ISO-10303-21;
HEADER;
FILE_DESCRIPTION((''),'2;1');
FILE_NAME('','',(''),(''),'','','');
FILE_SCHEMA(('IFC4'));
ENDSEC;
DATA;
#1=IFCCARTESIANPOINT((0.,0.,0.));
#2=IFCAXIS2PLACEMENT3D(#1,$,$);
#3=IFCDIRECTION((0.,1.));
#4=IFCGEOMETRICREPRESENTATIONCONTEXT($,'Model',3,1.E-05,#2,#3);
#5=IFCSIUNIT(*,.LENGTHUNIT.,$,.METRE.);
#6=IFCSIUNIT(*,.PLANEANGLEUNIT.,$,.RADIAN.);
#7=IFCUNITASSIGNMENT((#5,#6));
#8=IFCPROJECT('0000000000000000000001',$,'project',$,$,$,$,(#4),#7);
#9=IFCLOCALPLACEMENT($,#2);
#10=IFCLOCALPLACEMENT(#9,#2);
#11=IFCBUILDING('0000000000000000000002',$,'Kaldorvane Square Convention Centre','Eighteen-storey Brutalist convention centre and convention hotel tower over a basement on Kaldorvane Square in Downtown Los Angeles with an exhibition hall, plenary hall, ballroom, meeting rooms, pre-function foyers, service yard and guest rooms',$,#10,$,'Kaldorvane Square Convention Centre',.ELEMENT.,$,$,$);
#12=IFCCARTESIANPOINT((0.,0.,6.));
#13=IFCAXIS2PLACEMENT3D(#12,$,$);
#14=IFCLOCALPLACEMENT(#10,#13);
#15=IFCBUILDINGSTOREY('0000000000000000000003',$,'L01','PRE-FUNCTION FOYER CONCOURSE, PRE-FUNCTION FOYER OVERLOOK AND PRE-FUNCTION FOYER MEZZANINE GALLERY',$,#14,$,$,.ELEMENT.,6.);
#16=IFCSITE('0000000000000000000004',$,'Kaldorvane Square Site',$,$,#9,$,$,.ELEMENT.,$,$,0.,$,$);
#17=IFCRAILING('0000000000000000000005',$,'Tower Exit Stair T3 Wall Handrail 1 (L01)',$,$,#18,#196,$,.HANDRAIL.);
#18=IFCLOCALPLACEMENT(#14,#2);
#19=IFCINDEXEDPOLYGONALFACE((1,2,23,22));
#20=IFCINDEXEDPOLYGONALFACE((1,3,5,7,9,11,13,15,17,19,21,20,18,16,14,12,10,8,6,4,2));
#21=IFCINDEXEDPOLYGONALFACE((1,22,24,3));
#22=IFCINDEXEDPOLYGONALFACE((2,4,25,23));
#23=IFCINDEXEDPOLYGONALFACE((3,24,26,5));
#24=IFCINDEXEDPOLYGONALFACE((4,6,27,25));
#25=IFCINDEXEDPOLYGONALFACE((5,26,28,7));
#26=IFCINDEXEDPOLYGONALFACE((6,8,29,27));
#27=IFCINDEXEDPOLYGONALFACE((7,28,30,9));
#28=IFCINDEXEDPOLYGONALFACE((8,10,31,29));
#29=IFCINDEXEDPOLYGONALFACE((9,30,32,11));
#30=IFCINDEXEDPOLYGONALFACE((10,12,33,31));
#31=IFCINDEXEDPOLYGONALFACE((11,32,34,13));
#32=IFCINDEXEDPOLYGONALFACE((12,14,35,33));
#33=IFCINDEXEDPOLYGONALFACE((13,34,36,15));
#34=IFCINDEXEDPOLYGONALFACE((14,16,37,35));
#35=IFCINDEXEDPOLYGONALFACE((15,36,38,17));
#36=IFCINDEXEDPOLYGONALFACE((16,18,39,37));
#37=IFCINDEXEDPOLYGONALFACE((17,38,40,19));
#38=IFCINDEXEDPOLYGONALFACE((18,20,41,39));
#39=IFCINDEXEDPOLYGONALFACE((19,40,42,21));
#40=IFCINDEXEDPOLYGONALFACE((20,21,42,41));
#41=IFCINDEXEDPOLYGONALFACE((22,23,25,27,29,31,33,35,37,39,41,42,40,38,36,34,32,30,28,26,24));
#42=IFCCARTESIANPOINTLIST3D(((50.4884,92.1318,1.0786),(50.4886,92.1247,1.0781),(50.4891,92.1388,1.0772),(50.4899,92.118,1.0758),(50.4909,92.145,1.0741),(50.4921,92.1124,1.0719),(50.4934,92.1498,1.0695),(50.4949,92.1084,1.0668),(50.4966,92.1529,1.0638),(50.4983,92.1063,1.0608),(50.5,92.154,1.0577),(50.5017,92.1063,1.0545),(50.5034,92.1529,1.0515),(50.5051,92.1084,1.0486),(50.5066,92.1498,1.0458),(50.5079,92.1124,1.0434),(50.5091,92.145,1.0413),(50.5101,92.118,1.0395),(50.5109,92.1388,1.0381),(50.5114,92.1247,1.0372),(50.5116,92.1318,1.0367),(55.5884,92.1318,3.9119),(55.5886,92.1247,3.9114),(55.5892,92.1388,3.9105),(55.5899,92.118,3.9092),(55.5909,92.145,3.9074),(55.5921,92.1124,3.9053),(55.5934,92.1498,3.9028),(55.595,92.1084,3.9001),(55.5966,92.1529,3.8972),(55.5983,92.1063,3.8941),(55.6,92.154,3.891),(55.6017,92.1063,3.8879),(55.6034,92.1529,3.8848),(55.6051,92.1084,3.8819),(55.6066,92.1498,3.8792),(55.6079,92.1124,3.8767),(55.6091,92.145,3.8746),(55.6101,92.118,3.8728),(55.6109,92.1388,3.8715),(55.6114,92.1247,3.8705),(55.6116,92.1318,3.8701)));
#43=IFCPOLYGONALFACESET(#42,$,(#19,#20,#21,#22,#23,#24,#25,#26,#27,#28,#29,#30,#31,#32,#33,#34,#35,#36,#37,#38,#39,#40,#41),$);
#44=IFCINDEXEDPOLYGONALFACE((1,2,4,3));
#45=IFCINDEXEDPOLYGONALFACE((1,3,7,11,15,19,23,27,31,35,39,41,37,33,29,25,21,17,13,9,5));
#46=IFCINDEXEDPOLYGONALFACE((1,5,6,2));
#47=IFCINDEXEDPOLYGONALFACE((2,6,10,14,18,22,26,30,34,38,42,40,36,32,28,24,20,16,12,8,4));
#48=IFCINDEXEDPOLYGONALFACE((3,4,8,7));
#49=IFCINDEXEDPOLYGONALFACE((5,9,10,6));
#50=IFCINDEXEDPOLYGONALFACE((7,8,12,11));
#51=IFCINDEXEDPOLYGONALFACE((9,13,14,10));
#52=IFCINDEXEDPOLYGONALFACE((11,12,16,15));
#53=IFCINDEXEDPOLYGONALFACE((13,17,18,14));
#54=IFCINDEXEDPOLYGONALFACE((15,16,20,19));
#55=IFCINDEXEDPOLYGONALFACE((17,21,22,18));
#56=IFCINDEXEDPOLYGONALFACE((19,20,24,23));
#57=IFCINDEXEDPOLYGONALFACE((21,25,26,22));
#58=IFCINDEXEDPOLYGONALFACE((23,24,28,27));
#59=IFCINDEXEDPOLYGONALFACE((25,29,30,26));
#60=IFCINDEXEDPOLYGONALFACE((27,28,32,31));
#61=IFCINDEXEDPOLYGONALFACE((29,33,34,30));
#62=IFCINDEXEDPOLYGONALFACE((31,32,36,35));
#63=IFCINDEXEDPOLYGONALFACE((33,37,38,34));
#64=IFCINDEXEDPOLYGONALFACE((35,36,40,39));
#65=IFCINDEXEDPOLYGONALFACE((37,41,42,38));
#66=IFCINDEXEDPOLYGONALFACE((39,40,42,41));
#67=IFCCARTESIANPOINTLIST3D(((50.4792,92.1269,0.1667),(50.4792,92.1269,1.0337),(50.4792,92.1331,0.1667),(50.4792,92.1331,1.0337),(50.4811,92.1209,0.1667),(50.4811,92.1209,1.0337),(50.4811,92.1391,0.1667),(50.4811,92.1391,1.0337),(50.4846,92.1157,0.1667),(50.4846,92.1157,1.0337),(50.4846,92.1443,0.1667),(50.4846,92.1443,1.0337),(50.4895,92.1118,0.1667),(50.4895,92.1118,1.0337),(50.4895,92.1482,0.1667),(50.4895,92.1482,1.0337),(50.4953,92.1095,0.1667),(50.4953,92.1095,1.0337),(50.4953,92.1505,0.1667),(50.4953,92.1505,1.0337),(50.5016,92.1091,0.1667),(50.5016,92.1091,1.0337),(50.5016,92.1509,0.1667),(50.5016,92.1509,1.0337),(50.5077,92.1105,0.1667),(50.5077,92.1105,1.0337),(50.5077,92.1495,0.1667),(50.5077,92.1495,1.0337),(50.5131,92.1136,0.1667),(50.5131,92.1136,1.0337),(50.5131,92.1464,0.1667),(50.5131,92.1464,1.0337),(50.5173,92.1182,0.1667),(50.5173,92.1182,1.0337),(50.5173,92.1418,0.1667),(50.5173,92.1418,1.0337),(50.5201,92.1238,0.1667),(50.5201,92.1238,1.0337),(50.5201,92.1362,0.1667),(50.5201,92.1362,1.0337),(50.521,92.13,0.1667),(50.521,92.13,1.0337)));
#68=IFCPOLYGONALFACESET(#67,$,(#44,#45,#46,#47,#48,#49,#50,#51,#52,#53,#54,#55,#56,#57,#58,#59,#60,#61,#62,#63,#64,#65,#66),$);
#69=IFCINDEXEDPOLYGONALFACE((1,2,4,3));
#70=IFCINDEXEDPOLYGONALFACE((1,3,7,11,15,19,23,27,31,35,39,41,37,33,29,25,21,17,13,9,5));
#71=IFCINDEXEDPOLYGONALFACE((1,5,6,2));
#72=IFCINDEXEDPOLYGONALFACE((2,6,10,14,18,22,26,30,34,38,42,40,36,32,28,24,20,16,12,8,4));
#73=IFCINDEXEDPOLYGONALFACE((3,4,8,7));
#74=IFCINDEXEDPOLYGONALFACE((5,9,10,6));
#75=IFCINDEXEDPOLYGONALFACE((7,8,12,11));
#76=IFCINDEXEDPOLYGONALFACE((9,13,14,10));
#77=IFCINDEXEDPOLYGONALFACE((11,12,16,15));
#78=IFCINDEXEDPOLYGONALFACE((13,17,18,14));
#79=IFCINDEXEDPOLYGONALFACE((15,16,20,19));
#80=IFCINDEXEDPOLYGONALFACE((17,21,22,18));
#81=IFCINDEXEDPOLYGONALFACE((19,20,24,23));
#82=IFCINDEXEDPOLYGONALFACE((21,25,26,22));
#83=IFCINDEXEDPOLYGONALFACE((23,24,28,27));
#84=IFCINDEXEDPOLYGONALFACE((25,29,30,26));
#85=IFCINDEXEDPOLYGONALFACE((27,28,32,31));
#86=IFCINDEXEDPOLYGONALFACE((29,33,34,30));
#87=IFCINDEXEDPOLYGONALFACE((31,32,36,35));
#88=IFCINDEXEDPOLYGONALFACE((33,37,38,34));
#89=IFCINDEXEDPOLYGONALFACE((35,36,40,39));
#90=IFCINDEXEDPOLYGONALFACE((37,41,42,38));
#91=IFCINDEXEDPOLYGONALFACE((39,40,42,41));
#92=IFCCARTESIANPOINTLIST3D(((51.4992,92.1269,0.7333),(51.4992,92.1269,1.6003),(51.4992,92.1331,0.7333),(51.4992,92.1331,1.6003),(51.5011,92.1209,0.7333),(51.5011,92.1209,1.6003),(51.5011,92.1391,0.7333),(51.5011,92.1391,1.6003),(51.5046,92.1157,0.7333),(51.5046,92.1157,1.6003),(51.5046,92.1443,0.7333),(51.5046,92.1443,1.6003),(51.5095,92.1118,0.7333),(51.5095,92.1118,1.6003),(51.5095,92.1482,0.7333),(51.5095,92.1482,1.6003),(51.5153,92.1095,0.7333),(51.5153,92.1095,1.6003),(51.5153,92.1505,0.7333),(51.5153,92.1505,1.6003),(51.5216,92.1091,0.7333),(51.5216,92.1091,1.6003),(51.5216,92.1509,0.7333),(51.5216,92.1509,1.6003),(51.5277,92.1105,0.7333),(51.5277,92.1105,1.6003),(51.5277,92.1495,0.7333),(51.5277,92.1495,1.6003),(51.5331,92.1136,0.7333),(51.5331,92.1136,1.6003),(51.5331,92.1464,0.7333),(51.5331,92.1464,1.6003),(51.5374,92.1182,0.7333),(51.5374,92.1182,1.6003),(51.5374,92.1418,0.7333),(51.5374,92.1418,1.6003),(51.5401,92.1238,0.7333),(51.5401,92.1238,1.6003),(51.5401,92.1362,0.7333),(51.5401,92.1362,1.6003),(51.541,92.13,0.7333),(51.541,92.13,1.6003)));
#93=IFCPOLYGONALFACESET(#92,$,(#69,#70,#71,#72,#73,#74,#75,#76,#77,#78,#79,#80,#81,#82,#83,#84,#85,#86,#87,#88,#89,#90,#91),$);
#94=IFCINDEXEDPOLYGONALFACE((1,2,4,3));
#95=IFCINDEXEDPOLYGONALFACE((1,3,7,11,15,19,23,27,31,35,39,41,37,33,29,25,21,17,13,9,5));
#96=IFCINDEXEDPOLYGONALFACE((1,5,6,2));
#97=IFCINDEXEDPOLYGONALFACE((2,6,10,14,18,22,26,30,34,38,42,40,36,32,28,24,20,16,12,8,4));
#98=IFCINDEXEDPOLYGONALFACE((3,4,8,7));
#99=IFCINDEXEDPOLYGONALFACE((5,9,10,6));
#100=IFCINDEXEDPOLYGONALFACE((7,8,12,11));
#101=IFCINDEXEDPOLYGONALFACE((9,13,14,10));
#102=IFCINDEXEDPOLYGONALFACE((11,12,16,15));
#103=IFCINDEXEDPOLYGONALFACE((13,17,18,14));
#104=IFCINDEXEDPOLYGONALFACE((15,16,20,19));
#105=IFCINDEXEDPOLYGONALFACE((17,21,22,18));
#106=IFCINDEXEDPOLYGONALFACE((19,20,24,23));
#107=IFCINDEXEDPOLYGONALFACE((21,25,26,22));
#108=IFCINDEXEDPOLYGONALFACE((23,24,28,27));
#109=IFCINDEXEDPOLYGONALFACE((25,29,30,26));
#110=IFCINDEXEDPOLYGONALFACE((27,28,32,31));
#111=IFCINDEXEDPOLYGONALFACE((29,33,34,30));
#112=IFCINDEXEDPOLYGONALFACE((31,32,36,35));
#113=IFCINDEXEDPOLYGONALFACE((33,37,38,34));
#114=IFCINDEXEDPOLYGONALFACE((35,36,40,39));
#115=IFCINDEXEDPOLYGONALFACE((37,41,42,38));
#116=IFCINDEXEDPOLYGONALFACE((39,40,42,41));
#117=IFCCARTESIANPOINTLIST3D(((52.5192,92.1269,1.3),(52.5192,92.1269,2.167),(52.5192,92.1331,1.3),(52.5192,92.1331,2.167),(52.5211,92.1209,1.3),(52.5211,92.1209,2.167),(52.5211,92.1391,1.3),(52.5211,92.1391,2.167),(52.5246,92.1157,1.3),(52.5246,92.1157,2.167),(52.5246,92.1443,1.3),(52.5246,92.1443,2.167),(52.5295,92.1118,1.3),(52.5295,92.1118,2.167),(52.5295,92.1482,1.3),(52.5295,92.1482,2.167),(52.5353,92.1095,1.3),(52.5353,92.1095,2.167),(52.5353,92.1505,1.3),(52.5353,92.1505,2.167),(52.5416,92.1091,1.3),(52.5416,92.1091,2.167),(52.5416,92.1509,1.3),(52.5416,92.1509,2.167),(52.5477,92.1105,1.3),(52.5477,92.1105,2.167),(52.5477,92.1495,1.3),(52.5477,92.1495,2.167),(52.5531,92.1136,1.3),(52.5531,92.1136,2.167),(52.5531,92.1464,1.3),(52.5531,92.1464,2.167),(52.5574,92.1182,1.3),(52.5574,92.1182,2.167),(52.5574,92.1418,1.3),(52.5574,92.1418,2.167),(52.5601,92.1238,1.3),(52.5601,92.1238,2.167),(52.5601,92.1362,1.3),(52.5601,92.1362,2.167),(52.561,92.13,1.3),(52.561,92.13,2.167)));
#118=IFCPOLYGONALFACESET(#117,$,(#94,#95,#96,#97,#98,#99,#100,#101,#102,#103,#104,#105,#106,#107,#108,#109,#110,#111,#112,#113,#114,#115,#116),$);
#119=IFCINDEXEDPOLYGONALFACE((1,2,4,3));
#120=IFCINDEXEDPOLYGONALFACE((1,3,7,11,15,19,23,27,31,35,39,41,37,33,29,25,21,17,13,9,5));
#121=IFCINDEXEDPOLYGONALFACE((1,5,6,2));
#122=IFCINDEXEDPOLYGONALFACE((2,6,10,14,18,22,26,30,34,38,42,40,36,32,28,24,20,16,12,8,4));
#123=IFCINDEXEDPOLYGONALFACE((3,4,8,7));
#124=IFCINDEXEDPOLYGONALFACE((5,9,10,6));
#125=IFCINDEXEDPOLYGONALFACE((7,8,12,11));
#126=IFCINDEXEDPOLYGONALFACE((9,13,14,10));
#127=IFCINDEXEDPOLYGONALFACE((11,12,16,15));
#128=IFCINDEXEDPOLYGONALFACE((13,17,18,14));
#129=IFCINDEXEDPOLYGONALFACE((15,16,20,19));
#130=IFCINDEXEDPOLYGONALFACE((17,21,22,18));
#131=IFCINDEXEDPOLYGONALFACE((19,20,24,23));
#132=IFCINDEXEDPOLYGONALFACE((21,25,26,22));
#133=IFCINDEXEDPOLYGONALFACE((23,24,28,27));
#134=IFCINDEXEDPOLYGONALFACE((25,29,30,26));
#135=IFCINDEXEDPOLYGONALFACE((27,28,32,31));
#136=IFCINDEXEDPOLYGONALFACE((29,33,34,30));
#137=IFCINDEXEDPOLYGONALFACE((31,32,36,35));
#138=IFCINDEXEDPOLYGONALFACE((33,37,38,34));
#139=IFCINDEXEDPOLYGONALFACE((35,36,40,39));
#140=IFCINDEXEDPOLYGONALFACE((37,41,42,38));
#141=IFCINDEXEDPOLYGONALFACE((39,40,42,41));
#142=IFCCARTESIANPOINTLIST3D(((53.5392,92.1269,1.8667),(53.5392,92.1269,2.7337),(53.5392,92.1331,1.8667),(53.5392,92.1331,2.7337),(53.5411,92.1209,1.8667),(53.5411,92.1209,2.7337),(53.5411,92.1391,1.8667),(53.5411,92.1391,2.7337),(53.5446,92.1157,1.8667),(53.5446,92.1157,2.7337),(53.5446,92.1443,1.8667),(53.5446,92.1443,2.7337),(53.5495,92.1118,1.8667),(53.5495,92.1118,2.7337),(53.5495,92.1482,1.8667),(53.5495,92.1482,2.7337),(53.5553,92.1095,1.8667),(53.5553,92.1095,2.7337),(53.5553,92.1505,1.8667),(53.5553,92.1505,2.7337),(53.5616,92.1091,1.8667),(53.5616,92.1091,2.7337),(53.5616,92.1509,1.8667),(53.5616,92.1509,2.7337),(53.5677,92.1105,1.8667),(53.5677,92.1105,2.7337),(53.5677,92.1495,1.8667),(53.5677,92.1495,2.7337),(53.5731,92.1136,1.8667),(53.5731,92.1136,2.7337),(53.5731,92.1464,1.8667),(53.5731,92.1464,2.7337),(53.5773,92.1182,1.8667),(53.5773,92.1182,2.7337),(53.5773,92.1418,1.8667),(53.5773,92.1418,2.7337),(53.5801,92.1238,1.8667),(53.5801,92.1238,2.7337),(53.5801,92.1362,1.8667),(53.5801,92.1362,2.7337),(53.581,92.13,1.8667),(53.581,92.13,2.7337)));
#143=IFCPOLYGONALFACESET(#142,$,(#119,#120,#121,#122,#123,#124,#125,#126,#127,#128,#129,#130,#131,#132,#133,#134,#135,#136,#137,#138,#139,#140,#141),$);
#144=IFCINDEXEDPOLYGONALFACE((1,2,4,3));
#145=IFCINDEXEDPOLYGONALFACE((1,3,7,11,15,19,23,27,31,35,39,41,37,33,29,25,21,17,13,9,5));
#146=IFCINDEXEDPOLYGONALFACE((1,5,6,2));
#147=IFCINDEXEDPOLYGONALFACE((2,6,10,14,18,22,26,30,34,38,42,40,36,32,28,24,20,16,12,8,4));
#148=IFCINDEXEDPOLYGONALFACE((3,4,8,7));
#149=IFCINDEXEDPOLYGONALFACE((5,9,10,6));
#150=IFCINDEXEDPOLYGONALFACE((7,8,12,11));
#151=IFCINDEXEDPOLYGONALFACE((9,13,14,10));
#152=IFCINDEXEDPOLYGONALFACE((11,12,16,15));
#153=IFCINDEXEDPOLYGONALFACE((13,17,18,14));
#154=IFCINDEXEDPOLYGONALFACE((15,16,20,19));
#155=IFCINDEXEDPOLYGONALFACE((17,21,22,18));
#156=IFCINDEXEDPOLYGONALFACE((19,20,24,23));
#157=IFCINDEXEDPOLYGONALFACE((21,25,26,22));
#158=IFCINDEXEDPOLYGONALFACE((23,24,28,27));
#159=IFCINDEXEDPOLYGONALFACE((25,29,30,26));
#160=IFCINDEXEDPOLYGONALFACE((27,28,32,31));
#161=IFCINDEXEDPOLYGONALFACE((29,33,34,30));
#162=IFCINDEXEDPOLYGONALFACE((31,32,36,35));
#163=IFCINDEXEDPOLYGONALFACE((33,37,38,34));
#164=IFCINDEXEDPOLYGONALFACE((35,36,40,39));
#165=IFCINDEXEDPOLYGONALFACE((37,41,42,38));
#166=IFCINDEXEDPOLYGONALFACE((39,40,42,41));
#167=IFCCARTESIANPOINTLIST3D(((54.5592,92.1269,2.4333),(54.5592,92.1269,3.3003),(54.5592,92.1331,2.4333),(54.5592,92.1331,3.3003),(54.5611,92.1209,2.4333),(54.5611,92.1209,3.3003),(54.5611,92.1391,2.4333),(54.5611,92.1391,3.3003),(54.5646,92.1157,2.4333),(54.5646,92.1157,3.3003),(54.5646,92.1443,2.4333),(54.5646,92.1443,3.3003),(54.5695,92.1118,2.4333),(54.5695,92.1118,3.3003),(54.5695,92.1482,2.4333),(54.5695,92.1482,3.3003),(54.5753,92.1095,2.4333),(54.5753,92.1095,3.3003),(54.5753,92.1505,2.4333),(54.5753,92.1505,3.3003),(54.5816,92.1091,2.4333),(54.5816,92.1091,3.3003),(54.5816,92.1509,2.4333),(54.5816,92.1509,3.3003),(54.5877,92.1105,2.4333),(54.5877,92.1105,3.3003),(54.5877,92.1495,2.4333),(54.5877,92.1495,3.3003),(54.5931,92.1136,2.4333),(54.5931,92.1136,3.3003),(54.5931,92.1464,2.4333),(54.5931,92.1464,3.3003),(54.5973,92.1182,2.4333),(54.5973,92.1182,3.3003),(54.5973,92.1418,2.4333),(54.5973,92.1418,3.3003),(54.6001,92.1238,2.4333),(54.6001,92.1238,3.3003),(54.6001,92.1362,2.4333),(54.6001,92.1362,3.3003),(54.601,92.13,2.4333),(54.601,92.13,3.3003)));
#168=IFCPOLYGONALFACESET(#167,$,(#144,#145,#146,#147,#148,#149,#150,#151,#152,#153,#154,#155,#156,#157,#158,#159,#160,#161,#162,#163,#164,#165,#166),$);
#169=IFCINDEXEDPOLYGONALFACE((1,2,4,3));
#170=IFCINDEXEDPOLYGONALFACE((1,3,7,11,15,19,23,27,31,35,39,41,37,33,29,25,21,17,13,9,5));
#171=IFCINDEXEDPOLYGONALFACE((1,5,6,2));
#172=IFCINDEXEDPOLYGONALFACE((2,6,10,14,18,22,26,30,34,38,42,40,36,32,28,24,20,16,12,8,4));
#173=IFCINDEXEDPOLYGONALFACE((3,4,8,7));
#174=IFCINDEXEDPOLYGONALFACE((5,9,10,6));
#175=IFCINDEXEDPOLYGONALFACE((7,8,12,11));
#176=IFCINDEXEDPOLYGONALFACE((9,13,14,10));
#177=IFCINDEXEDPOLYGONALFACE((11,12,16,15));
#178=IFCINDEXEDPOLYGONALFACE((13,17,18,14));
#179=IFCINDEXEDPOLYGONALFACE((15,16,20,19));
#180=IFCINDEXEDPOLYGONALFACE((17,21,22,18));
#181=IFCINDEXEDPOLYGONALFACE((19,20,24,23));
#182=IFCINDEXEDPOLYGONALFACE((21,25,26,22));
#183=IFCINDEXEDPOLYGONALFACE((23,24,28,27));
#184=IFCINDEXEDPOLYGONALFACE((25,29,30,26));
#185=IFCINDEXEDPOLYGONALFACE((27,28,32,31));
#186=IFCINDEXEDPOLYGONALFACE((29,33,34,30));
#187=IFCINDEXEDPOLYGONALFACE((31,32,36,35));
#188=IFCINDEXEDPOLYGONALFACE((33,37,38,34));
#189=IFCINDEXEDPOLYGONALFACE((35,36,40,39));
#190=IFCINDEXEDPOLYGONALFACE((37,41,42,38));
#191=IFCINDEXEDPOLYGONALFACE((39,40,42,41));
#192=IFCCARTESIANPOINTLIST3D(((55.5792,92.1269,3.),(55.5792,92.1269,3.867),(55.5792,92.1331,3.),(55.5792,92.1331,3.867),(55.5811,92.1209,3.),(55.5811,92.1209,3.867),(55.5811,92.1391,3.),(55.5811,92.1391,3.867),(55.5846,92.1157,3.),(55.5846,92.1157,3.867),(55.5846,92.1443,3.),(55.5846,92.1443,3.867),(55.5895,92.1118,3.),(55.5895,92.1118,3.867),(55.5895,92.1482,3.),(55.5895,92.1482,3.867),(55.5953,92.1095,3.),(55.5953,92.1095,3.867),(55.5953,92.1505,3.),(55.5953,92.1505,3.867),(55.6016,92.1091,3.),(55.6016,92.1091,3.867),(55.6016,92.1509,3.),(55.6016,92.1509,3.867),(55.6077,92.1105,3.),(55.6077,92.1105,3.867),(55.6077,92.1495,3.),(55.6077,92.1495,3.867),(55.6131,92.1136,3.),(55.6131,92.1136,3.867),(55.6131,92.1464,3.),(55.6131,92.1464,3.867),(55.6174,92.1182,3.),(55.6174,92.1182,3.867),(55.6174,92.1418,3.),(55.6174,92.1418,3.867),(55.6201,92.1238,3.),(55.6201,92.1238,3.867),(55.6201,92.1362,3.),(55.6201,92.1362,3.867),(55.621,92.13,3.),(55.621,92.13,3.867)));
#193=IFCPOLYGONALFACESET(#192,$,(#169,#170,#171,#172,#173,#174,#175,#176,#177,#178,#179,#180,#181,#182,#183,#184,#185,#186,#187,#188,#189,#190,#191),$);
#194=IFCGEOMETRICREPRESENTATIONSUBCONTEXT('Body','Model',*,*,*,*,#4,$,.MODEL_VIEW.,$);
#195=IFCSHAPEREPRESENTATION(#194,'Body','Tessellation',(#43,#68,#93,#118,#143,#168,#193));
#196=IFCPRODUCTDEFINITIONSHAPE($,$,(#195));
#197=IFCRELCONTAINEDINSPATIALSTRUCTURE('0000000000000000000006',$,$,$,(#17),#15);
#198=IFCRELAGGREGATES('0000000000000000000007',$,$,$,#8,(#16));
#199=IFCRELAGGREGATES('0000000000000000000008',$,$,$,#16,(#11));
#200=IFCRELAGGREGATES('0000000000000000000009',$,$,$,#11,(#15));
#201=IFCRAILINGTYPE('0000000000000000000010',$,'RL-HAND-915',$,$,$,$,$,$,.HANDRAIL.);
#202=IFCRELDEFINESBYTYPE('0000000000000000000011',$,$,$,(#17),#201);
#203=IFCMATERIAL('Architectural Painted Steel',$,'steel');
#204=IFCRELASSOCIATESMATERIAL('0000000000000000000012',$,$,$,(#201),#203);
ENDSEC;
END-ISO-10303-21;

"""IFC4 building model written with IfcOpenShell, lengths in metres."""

from ifc_helpers import new_model, si_unit, direction, frame, origin, origin_2d, place, context, subcontext, project, spatial, circle, extrude, material, type_object, element, save


model = new_model("IFC4")

# Units and contexts
model_context = context("Model", 3, precision=1e-05, world=origin(), true_north=direction((0.0, 1.0)))
body_context = subcontext(model_context, "Body", "Model", "MODEL_VIEW")
ifc_project = project(units=[si_unit("LENGTHUNIT", "METRE"), si_unit("PLANEANGLEUNIT", "RADIAN")], contexts=[model_context])

# Site, building, storey
site_placement = place(None, origin())
site = spatial("IfcSite", under=ifc_project, at=site_placement, Name="Kaldorvane Square Site", CompositionType="ELEMENT", RefElevation=0.0)
building_placement = place(site_placement, origin())
building = spatial("IfcBuilding", under=site, at=building_placement, Name="Kaldorvane Square Convention Centre", Description="Eighteen-storey Brutalist convention centre and convention hotel tower over a basement on Kaldorvane Square in Downtown Los Angeles with an exhibition hall, plenary hall, ballroom, meeting rooms, pre-function foyers, service yard and guest rooms", LongName="Kaldorvane Square Convention Centre", CompositionType="ELEMENT")
storey_placement = place(building_placement, frame((0.0, 0.0, 6.0)))
storey = spatial("IfcBuildingStorey", under=building, at=storey_placement, Name="L01", Description="PRE-FUNCTION FOYER CONCOURSE, PRE-FUNCTION FOYER OVERLOOK AND PRE-FUNCTION FOYER MEZZANINE GALLERY", CompositionType="ELEMENT", Elevation=6.0)

# Railing
ifc_material_1 = material(Name="Architectural Painted Steel", Category="steel")
railing_type_1 = type_object("IfcRailingType", Name="RL-HAND-915", PredefinedType="HANDRAIL", material=ifc_material_1)
railing_1_placement = place(storey_placement, frame((50.5, 92.13, 0.1667)))
element("IfcRailing", 1, at=railing_1_placement, inside=storey, type_object=railing_type_1, Name="Tower Exit Stair T3 Wall Handrail 1 (L01)", PredefinedType="HANDRAIL", context=body_context, shape_type="SweptSolid", body=[
    extrude(circle(Radius=0.024, at=origin_2d()), frame((0.0, 0.0, 0.891), z_axis=(0.874158, 0.0, 0.485642), x_axis=(0.0, 1.0, 0.0)), (0.0, 0.0, 1.0), 5.8342),
    extrude(circle(Radius=0.021, at=origin_2d()), origin(), (0.0, 0.0, 1.0), 0.867),
    extrude(circle(Radius=0.021, at=origin_2d()), frame((1.02, 0.0, 0.5667)), (0.0, 0.0, 1.0), 0.867),
    extrude(circle(Radius=0.021, at=origin_2d()), frame((2.04, 0.0, 1.1333)), (0.0, 0.0, 1.0), 0.867),
    extrude(circle(Radius=0.021, at=origin_2d()), frame((3.06, 0.0, 1.7)), (0.0, 0.0, 1.0), 0.867),
    extrude(circle(Radius=0.021, at=origin_2d()), frame((4.08, 0.0, 2.2667)), (0.0, 0.0, 1.0), 0.867),
    extrude(circle(Radius=0.021, at=origin_2d()), frame((5.1, 0.0, 2.8333)), (0.0, 0.0, 1.0), 0.867),
])

save(model, "model.ifc")
